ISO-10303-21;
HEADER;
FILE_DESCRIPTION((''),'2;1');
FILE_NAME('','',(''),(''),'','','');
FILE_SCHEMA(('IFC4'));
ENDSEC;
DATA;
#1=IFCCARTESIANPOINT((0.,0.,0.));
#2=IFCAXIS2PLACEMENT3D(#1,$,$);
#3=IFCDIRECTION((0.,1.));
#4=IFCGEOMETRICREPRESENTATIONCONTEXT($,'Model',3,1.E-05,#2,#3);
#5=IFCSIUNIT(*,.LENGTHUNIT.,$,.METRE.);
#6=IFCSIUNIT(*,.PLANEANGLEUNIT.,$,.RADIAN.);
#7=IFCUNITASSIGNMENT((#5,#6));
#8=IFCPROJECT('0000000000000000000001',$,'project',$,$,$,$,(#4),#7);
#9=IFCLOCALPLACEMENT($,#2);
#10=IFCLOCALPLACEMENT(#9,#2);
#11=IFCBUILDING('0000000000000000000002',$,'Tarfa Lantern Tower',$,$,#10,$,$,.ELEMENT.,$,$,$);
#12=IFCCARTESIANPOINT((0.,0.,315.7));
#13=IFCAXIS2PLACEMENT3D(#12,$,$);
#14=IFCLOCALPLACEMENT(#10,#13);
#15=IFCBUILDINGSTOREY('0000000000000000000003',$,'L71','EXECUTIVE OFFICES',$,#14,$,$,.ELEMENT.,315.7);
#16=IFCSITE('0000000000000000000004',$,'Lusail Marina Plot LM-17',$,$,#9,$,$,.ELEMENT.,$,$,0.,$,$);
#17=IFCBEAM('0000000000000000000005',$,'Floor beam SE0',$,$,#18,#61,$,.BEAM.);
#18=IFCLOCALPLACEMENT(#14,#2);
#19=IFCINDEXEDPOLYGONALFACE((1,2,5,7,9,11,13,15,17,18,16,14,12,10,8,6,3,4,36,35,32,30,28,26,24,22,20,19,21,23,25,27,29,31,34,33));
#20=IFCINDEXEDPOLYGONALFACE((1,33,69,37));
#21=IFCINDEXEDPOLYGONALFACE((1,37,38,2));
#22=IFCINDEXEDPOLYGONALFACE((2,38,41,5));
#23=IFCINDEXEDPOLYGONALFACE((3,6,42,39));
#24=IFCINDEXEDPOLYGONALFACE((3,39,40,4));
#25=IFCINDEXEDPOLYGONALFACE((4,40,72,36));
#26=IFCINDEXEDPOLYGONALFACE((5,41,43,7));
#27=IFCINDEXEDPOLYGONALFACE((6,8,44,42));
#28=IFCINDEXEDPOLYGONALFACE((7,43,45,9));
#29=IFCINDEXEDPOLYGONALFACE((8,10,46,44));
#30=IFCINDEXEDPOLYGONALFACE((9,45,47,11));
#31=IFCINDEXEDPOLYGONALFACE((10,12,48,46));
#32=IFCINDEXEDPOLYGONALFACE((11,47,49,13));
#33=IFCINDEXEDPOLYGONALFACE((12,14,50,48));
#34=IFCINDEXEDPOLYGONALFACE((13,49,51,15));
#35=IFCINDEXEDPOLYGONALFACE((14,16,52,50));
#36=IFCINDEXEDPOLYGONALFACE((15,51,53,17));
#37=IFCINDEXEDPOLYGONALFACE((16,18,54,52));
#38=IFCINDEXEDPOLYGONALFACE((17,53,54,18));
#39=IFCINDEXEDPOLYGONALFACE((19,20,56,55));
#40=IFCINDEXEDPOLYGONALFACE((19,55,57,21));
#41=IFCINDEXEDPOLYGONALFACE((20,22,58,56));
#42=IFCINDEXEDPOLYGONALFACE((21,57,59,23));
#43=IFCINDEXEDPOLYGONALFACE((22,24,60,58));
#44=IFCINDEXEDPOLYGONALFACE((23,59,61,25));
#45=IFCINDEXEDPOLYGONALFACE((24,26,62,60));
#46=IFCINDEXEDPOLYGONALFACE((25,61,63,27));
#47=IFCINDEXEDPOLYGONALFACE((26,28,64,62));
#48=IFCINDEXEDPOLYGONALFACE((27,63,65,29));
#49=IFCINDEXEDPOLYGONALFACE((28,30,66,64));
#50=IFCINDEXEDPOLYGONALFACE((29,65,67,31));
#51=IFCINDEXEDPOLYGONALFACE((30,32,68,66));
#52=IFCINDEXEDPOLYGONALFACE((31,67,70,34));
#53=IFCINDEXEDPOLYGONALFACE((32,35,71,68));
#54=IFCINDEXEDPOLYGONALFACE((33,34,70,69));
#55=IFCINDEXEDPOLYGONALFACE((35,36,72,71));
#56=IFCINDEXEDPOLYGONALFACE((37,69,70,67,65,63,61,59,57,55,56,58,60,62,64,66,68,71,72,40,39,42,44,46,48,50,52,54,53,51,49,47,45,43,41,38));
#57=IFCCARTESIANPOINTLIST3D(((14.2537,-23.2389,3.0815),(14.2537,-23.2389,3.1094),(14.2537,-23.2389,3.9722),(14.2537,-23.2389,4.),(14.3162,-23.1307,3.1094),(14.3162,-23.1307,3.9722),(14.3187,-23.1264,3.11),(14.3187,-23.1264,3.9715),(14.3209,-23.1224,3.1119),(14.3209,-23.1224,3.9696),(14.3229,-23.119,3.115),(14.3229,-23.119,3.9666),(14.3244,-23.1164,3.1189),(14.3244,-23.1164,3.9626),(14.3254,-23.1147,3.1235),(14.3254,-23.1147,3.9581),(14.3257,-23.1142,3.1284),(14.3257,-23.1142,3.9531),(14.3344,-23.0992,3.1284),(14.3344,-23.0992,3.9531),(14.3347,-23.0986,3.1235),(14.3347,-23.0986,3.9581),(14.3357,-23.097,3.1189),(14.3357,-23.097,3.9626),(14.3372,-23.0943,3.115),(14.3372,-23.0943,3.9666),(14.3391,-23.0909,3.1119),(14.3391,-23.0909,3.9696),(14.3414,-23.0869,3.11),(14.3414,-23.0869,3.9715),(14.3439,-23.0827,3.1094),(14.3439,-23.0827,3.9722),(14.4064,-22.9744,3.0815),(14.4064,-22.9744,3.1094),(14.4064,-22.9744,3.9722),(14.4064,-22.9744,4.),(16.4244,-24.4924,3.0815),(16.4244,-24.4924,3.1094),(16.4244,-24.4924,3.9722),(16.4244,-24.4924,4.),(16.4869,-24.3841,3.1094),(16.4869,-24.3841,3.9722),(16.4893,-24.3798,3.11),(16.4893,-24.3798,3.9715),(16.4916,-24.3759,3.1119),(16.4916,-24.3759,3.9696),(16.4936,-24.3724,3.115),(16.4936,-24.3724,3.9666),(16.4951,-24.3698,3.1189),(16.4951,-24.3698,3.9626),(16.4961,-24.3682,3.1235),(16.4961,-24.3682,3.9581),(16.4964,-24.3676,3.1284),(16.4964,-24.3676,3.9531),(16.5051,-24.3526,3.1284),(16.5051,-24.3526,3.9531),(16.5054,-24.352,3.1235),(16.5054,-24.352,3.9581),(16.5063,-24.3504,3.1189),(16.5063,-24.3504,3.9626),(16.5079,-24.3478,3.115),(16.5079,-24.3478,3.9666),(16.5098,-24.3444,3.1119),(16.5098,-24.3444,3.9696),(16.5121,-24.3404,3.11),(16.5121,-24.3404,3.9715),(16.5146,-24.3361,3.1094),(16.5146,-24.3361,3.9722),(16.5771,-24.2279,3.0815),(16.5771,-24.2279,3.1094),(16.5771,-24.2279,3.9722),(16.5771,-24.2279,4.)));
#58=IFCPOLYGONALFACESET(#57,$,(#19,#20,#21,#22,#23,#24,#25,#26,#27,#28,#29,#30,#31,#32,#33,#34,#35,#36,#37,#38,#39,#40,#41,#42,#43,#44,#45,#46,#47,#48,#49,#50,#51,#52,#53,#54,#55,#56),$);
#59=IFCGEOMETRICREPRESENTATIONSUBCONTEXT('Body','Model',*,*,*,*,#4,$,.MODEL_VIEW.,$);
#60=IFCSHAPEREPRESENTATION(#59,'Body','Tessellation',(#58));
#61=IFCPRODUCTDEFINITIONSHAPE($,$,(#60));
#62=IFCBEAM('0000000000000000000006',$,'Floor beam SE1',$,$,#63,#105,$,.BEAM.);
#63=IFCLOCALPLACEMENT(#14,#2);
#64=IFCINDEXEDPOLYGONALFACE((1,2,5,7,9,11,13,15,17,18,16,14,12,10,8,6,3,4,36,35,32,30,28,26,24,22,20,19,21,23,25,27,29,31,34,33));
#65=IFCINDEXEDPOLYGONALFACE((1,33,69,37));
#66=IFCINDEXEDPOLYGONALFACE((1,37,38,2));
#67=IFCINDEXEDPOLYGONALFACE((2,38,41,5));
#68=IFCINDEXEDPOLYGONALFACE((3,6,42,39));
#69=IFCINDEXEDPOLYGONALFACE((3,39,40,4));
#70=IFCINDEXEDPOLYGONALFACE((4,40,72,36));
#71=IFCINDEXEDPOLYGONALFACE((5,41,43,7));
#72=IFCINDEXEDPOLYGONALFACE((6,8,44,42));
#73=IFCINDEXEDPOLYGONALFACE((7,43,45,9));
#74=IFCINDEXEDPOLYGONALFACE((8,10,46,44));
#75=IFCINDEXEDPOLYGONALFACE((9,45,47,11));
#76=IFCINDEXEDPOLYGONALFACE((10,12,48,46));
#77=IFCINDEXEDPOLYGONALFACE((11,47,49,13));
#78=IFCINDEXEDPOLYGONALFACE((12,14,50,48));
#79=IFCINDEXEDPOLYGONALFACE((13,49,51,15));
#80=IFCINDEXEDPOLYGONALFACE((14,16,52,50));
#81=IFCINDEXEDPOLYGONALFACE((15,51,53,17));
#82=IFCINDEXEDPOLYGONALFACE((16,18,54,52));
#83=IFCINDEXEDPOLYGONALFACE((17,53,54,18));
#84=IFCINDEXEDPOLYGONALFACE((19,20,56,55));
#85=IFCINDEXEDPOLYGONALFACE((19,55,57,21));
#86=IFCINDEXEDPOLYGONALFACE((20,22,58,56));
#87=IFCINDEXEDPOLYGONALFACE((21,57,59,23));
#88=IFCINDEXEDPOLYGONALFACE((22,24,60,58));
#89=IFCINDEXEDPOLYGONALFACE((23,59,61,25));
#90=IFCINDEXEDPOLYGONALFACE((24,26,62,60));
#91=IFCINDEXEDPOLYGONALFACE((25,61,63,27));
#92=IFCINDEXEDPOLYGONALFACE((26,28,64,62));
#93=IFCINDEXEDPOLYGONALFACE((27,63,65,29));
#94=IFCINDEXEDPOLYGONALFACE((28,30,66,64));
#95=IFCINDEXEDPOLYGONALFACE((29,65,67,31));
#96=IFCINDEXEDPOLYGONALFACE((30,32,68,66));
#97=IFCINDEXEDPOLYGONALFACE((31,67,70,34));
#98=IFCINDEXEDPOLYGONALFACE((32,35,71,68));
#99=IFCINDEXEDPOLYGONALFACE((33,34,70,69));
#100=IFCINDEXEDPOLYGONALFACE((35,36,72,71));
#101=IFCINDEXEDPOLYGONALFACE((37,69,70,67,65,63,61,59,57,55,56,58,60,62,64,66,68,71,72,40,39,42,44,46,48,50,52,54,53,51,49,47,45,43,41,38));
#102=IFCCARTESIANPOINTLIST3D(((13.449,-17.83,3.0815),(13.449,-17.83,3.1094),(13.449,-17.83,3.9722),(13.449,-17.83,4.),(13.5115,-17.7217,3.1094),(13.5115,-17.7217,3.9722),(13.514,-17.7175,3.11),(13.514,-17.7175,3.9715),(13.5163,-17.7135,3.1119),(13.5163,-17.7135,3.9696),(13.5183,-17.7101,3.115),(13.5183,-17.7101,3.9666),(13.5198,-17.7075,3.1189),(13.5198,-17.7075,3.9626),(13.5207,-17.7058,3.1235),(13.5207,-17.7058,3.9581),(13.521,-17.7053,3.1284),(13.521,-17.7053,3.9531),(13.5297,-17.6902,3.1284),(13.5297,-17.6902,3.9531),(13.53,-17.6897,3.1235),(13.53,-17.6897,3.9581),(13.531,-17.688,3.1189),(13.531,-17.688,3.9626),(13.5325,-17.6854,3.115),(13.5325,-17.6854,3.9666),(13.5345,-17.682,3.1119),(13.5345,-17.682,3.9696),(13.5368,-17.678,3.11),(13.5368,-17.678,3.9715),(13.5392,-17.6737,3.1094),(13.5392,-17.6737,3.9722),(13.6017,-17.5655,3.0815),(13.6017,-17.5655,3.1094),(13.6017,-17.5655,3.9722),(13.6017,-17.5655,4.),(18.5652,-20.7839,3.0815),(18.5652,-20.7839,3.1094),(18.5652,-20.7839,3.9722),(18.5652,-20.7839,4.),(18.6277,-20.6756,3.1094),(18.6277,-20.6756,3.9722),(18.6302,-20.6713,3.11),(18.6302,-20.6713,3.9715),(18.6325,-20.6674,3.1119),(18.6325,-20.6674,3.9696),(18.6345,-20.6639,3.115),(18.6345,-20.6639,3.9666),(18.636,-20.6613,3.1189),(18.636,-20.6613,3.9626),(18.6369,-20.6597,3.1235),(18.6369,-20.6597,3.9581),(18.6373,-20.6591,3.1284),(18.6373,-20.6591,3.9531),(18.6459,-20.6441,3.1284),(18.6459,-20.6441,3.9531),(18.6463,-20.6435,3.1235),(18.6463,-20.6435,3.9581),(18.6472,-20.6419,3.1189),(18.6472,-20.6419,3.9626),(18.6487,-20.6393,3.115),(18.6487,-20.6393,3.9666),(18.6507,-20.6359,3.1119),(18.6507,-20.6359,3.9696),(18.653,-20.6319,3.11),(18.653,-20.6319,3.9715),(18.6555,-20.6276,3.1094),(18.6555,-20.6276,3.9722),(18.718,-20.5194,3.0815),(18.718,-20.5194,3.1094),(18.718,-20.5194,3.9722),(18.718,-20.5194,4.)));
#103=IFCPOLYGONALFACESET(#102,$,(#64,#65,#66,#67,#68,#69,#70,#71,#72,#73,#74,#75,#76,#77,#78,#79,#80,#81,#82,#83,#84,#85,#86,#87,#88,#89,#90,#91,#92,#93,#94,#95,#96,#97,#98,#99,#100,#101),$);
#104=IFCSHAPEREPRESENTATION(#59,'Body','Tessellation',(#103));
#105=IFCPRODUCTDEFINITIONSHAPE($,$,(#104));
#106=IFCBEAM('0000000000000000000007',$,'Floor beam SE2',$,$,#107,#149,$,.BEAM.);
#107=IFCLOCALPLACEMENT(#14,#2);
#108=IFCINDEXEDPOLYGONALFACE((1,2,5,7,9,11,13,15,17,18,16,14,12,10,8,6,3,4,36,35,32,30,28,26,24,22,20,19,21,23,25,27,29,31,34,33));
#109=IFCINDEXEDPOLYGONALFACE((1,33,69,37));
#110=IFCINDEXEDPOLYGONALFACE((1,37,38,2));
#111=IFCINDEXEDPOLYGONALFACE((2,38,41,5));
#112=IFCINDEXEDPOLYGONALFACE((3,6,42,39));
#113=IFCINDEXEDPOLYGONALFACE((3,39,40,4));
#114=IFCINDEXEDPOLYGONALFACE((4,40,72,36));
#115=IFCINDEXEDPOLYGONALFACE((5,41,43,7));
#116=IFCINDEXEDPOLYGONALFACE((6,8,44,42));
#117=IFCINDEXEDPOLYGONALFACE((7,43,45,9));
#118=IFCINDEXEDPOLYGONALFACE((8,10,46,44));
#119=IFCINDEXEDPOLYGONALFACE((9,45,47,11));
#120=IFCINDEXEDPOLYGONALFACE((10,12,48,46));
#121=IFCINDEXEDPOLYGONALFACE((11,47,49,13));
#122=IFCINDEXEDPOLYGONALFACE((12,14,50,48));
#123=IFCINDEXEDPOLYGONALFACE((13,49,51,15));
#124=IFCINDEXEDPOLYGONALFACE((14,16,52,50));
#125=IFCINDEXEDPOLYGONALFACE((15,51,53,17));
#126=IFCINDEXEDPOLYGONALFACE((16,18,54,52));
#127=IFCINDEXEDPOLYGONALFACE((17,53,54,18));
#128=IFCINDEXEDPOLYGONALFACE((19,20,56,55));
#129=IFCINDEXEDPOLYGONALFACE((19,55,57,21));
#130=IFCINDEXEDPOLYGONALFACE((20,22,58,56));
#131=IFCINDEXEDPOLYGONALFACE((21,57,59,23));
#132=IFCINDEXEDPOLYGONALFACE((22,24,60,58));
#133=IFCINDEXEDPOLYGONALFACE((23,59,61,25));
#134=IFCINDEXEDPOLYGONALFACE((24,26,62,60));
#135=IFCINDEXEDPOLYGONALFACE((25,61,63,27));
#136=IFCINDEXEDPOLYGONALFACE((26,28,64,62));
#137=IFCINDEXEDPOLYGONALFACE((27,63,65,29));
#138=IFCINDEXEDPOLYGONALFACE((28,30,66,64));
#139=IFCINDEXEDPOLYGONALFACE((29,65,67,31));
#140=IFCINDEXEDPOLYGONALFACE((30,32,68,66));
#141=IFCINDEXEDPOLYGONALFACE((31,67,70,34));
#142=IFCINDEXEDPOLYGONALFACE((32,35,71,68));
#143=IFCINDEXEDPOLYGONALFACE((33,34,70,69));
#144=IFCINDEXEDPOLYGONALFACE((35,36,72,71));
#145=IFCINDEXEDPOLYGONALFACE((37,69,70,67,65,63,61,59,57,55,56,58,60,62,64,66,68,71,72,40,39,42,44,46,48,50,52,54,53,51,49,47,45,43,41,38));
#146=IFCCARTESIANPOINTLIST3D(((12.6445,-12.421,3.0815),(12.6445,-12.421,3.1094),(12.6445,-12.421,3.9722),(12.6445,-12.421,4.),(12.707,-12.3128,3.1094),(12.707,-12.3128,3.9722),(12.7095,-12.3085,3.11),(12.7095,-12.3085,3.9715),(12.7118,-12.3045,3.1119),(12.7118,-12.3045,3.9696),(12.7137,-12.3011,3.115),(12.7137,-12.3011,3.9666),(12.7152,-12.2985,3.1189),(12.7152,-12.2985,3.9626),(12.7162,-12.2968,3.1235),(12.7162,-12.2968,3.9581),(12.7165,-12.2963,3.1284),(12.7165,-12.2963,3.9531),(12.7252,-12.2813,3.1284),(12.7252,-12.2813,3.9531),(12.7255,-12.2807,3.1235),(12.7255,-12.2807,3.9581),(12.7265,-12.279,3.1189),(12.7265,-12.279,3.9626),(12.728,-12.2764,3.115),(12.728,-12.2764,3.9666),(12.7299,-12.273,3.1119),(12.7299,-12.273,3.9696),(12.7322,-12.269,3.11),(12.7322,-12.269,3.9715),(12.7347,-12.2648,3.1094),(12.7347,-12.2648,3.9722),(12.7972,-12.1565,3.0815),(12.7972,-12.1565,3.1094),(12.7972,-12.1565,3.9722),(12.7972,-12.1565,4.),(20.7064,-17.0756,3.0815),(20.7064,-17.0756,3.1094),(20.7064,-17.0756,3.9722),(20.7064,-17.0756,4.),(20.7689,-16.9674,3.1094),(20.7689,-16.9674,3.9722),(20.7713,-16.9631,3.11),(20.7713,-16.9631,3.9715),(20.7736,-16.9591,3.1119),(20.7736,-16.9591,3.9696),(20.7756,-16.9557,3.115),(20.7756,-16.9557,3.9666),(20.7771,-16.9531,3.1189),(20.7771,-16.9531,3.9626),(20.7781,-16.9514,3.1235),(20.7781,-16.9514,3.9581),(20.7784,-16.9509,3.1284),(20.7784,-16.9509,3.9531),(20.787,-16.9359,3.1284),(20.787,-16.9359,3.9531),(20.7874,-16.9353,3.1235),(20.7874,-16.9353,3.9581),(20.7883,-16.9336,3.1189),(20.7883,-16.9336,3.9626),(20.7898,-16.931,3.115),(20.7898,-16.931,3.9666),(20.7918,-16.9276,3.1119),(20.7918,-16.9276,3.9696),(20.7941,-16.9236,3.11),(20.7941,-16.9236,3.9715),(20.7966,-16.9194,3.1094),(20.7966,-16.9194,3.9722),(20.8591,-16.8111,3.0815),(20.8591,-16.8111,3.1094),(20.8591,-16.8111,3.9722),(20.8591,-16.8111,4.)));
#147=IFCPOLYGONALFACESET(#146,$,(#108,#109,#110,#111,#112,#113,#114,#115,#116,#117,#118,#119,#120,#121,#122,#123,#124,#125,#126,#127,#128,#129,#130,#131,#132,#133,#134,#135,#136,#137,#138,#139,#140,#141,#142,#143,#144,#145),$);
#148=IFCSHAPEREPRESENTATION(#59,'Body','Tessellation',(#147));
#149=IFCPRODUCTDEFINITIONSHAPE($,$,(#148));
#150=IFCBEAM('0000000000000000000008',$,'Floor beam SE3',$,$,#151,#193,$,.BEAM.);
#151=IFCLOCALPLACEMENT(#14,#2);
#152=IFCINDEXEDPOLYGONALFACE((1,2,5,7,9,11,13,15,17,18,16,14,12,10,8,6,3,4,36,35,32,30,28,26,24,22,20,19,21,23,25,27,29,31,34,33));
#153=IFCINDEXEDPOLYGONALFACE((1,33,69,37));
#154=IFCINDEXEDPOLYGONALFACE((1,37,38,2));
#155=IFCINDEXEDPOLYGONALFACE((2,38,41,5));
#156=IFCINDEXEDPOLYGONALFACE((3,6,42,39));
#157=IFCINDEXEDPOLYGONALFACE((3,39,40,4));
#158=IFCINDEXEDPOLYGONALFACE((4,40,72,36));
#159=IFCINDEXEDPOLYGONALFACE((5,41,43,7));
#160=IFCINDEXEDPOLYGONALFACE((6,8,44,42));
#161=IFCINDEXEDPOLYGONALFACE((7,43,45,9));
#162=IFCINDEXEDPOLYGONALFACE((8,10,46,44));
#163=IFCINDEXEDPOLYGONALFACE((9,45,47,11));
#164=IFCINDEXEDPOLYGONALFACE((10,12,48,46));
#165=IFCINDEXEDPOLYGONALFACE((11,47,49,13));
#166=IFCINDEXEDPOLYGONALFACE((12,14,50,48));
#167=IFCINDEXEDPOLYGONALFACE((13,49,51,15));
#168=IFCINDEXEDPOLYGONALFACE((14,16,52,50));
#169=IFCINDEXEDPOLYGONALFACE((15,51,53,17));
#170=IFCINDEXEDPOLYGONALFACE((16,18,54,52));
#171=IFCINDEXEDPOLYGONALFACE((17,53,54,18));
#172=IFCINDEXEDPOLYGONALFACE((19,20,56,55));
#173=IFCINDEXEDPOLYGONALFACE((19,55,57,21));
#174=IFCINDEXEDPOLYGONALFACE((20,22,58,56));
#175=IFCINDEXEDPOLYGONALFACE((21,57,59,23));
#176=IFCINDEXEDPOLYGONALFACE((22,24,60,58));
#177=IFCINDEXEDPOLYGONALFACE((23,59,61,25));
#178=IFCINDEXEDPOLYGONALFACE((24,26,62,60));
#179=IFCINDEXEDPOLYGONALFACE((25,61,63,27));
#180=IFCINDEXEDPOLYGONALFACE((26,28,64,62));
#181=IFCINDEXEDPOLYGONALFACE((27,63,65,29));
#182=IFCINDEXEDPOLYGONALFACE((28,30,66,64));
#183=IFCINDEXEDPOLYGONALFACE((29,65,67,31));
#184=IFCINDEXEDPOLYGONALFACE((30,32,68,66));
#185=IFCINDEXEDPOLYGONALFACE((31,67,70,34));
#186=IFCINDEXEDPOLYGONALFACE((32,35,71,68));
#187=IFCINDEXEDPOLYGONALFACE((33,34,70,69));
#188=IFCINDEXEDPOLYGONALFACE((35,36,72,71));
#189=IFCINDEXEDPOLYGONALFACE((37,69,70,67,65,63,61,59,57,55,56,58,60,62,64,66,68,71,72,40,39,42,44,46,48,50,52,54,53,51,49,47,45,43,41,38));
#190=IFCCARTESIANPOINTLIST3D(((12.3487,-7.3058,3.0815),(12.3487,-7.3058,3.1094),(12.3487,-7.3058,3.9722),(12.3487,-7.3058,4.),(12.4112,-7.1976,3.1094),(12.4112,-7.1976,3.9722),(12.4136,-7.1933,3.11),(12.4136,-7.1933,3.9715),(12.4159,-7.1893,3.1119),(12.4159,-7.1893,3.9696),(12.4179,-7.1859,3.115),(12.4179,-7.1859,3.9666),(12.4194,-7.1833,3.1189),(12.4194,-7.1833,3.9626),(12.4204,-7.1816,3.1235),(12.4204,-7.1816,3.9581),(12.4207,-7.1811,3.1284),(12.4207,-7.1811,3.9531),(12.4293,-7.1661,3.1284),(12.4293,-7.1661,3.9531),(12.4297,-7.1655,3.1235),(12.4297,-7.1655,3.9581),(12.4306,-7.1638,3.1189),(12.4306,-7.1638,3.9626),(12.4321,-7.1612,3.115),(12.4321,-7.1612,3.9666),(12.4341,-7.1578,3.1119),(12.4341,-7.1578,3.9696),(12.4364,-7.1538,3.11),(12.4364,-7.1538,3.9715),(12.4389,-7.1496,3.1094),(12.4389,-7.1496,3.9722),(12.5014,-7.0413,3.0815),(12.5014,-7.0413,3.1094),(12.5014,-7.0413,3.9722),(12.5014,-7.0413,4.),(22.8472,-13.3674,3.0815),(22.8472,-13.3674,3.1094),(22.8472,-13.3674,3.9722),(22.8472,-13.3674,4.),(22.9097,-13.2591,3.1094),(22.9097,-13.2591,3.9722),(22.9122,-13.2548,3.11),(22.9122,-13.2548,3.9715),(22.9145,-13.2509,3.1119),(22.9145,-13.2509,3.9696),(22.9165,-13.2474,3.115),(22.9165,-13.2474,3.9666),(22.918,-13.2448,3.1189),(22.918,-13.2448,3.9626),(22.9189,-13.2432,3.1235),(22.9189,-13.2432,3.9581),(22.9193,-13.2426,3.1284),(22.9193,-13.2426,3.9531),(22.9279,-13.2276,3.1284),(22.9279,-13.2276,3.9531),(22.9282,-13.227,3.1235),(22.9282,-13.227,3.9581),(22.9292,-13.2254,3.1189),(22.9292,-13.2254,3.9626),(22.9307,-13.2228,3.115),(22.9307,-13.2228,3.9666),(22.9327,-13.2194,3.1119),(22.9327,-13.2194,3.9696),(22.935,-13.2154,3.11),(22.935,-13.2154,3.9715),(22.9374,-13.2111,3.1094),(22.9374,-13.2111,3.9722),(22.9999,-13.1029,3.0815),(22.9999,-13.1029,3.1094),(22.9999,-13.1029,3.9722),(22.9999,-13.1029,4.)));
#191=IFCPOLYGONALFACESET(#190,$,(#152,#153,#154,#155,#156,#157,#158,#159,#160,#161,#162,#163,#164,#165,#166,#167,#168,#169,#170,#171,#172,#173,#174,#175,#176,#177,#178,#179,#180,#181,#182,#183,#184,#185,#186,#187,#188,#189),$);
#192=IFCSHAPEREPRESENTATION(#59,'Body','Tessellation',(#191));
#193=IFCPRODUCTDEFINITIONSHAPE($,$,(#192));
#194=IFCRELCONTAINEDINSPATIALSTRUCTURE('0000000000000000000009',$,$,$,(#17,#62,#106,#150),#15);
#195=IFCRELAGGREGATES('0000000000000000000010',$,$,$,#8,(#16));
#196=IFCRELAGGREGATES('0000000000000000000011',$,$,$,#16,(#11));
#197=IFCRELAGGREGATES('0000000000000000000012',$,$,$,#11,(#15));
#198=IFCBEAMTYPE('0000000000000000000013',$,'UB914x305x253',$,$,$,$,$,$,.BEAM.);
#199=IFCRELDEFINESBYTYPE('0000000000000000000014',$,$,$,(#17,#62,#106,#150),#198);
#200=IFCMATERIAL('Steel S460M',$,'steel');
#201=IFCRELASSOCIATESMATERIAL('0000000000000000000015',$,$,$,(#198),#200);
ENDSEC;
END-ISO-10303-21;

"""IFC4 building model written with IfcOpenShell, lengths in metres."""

from ifc_helpers import new_model, si_unit, direction, frame, origin, origin_2d, place, context, subcontext, project, spatial, i_section, extrude, material, material_profile, profile_set, type_object, element, save


model = new_model("IFC4")

# Units and contexts
model_context = context("Model", 3, precision=1e-05, world=origin(), true_north=direction((0.0, 1.0)))
body_context = subcontext(model_context, "Body", "Model", "MODEL_VIEW")
ifc_project = project(units=[si_unit("LENGTHUNIT", "METRE"), si_unit("PLANEANGLEUNIT", "RADIAN")], contexts=[model_context])

# Site, building, storey
site_placement = place(None, origin())
site = spatial("IfcSite", under=ifc_project, at=site_placement, Name="Lusail Marina Plot LM-17", CompositionType="ELEMENT", RefElevation=0.0)
building_placement = place(site_placement, origin())
building = spatial("IfcBuilding", under=site, at=building_placement, Name="Tarfa Lantern Tower", CompositionType="ELEMENT")
storey_placement = place(building_placement, frame((0.0, 0.0, 315.7)))
storey = spatial("IfcBuildingStorey", under=building, at=storey_placement, Name="L71", Description="EXECUTIVE OFFICES", CompositionType="ELEMENT", Elevation=315.7)

# Beams
ifc_material_1 = material(Name="Steel S460M", Category="steel")
ifc_material_profile_1 = material_profile(ifc_material_1, i_section(OverallWidth=0.3054, OverallDepth=0.9185, WebThickness=0.0173, FlangeThickness=0.0278, FilletRadius=0.019, at=origin_2d()), Name="UB914x305x253")
ifc_profile_set_1 = profile_set([ifc_material_profile_1], Name="Steel S460M")
beam_type_1 = type_object("IfcBeamType", Name="UB914x305x253", PredefinedType="BEAM", material=ifc_profile_set_1)
beam_1_placement = place(storey_placement, frame((16.5007, -24.3601, 3.5408), z_axis=(-0.865993, 0.500057, 0.0), x_axis=(-0.500057, -0.865993, 0.0)))
element("IfcBeam", 1, at=beam_1_placement, inside=storey, type_object=beam_type_1, Name="Floor beam SE0", PredefinedType="BEAM", context=body_context, shape_type="SweptSolid", body=[
    extrude(i_section(OverallWidth=0.3054, OverallDepth=0.9185, WebThickness=0.0173, FlangeThickness=0.0278, FilletRadius=0.019, at=origin_2d()), origin(), (0.0, 0.0, 1.0), 2.5066),
])
beam_2_placement = place(storey_placement, frame((18.6416, -20.6516, 3.5408), z_axis=(-0.866025, 0.500001, 0.0), x_axis=(-0.500001, -0.866025, 0.0)))
element("IfcBeam", 2, at=beam_2_placement, inside=storey, type_object=beam_type_1, Name="Floor beam SE1", PredefinedType="BEAM", context=body_context, shape_type="SweptSolid", body=[
    extrude(i_section(OverallWidth=0.3054, OverallDepth=0.9185, WebThickness=0.0173, FlangeThickness=0.0278, FilletRadius=0.019, at=origin_2d()), origin(), (0.0, 0.0, 1.0), 5.9077),
])
beam_3_placement = place(storey_placement, frame((20.7827, -16.9434, 3.5408), z_axis=(-0.866022, 0.500006, 0.0), x_axis=(-0.500006, -0.866022, 0.0)))
element("IfcBeam", 3, at=beam_3_placement, inside=storey, type_object=beam_type_1, Name="Floor beam SE2", PredefinedType="BEAM", context=body_context, shape_type="SweptSolid", body=[
    extrude(i_section(OverallWidth=0.3054, OverallDepth=0.9185, WebThickness=0.0173, FlangeThickness=0.0278, FilletRadius=0.019, at=origin_2d()), origin(), (0.0, 0.0, 1.0), 9.3091),
])
beam_4_placement = place(storey_placement, frame((22.9236, -13.2351, 3.5408), z_axis=(-0.866019, 0.500012, 0.0), x_axis=(-0.500012, -0.866019, 0.0)))
element("IfcBeam", 4, at=beam_4_placement, inside=storey, type_object=beam_type_1, Name="Floor beam SE3", PredefinedType="BEAM", context=body_context, shape_type="SweptSolid", body=[
    extrude(i_section(OverallWidth=0.3054, OverallDepth=0.9185, WebThickness=0.0173, FlangeThickness=0.0278, FilletRadius=0.019, at=origin_2d()), origin(), (0.0, 0.0, 1.0), 12.1228),
])

save(model, "model.ifc")
